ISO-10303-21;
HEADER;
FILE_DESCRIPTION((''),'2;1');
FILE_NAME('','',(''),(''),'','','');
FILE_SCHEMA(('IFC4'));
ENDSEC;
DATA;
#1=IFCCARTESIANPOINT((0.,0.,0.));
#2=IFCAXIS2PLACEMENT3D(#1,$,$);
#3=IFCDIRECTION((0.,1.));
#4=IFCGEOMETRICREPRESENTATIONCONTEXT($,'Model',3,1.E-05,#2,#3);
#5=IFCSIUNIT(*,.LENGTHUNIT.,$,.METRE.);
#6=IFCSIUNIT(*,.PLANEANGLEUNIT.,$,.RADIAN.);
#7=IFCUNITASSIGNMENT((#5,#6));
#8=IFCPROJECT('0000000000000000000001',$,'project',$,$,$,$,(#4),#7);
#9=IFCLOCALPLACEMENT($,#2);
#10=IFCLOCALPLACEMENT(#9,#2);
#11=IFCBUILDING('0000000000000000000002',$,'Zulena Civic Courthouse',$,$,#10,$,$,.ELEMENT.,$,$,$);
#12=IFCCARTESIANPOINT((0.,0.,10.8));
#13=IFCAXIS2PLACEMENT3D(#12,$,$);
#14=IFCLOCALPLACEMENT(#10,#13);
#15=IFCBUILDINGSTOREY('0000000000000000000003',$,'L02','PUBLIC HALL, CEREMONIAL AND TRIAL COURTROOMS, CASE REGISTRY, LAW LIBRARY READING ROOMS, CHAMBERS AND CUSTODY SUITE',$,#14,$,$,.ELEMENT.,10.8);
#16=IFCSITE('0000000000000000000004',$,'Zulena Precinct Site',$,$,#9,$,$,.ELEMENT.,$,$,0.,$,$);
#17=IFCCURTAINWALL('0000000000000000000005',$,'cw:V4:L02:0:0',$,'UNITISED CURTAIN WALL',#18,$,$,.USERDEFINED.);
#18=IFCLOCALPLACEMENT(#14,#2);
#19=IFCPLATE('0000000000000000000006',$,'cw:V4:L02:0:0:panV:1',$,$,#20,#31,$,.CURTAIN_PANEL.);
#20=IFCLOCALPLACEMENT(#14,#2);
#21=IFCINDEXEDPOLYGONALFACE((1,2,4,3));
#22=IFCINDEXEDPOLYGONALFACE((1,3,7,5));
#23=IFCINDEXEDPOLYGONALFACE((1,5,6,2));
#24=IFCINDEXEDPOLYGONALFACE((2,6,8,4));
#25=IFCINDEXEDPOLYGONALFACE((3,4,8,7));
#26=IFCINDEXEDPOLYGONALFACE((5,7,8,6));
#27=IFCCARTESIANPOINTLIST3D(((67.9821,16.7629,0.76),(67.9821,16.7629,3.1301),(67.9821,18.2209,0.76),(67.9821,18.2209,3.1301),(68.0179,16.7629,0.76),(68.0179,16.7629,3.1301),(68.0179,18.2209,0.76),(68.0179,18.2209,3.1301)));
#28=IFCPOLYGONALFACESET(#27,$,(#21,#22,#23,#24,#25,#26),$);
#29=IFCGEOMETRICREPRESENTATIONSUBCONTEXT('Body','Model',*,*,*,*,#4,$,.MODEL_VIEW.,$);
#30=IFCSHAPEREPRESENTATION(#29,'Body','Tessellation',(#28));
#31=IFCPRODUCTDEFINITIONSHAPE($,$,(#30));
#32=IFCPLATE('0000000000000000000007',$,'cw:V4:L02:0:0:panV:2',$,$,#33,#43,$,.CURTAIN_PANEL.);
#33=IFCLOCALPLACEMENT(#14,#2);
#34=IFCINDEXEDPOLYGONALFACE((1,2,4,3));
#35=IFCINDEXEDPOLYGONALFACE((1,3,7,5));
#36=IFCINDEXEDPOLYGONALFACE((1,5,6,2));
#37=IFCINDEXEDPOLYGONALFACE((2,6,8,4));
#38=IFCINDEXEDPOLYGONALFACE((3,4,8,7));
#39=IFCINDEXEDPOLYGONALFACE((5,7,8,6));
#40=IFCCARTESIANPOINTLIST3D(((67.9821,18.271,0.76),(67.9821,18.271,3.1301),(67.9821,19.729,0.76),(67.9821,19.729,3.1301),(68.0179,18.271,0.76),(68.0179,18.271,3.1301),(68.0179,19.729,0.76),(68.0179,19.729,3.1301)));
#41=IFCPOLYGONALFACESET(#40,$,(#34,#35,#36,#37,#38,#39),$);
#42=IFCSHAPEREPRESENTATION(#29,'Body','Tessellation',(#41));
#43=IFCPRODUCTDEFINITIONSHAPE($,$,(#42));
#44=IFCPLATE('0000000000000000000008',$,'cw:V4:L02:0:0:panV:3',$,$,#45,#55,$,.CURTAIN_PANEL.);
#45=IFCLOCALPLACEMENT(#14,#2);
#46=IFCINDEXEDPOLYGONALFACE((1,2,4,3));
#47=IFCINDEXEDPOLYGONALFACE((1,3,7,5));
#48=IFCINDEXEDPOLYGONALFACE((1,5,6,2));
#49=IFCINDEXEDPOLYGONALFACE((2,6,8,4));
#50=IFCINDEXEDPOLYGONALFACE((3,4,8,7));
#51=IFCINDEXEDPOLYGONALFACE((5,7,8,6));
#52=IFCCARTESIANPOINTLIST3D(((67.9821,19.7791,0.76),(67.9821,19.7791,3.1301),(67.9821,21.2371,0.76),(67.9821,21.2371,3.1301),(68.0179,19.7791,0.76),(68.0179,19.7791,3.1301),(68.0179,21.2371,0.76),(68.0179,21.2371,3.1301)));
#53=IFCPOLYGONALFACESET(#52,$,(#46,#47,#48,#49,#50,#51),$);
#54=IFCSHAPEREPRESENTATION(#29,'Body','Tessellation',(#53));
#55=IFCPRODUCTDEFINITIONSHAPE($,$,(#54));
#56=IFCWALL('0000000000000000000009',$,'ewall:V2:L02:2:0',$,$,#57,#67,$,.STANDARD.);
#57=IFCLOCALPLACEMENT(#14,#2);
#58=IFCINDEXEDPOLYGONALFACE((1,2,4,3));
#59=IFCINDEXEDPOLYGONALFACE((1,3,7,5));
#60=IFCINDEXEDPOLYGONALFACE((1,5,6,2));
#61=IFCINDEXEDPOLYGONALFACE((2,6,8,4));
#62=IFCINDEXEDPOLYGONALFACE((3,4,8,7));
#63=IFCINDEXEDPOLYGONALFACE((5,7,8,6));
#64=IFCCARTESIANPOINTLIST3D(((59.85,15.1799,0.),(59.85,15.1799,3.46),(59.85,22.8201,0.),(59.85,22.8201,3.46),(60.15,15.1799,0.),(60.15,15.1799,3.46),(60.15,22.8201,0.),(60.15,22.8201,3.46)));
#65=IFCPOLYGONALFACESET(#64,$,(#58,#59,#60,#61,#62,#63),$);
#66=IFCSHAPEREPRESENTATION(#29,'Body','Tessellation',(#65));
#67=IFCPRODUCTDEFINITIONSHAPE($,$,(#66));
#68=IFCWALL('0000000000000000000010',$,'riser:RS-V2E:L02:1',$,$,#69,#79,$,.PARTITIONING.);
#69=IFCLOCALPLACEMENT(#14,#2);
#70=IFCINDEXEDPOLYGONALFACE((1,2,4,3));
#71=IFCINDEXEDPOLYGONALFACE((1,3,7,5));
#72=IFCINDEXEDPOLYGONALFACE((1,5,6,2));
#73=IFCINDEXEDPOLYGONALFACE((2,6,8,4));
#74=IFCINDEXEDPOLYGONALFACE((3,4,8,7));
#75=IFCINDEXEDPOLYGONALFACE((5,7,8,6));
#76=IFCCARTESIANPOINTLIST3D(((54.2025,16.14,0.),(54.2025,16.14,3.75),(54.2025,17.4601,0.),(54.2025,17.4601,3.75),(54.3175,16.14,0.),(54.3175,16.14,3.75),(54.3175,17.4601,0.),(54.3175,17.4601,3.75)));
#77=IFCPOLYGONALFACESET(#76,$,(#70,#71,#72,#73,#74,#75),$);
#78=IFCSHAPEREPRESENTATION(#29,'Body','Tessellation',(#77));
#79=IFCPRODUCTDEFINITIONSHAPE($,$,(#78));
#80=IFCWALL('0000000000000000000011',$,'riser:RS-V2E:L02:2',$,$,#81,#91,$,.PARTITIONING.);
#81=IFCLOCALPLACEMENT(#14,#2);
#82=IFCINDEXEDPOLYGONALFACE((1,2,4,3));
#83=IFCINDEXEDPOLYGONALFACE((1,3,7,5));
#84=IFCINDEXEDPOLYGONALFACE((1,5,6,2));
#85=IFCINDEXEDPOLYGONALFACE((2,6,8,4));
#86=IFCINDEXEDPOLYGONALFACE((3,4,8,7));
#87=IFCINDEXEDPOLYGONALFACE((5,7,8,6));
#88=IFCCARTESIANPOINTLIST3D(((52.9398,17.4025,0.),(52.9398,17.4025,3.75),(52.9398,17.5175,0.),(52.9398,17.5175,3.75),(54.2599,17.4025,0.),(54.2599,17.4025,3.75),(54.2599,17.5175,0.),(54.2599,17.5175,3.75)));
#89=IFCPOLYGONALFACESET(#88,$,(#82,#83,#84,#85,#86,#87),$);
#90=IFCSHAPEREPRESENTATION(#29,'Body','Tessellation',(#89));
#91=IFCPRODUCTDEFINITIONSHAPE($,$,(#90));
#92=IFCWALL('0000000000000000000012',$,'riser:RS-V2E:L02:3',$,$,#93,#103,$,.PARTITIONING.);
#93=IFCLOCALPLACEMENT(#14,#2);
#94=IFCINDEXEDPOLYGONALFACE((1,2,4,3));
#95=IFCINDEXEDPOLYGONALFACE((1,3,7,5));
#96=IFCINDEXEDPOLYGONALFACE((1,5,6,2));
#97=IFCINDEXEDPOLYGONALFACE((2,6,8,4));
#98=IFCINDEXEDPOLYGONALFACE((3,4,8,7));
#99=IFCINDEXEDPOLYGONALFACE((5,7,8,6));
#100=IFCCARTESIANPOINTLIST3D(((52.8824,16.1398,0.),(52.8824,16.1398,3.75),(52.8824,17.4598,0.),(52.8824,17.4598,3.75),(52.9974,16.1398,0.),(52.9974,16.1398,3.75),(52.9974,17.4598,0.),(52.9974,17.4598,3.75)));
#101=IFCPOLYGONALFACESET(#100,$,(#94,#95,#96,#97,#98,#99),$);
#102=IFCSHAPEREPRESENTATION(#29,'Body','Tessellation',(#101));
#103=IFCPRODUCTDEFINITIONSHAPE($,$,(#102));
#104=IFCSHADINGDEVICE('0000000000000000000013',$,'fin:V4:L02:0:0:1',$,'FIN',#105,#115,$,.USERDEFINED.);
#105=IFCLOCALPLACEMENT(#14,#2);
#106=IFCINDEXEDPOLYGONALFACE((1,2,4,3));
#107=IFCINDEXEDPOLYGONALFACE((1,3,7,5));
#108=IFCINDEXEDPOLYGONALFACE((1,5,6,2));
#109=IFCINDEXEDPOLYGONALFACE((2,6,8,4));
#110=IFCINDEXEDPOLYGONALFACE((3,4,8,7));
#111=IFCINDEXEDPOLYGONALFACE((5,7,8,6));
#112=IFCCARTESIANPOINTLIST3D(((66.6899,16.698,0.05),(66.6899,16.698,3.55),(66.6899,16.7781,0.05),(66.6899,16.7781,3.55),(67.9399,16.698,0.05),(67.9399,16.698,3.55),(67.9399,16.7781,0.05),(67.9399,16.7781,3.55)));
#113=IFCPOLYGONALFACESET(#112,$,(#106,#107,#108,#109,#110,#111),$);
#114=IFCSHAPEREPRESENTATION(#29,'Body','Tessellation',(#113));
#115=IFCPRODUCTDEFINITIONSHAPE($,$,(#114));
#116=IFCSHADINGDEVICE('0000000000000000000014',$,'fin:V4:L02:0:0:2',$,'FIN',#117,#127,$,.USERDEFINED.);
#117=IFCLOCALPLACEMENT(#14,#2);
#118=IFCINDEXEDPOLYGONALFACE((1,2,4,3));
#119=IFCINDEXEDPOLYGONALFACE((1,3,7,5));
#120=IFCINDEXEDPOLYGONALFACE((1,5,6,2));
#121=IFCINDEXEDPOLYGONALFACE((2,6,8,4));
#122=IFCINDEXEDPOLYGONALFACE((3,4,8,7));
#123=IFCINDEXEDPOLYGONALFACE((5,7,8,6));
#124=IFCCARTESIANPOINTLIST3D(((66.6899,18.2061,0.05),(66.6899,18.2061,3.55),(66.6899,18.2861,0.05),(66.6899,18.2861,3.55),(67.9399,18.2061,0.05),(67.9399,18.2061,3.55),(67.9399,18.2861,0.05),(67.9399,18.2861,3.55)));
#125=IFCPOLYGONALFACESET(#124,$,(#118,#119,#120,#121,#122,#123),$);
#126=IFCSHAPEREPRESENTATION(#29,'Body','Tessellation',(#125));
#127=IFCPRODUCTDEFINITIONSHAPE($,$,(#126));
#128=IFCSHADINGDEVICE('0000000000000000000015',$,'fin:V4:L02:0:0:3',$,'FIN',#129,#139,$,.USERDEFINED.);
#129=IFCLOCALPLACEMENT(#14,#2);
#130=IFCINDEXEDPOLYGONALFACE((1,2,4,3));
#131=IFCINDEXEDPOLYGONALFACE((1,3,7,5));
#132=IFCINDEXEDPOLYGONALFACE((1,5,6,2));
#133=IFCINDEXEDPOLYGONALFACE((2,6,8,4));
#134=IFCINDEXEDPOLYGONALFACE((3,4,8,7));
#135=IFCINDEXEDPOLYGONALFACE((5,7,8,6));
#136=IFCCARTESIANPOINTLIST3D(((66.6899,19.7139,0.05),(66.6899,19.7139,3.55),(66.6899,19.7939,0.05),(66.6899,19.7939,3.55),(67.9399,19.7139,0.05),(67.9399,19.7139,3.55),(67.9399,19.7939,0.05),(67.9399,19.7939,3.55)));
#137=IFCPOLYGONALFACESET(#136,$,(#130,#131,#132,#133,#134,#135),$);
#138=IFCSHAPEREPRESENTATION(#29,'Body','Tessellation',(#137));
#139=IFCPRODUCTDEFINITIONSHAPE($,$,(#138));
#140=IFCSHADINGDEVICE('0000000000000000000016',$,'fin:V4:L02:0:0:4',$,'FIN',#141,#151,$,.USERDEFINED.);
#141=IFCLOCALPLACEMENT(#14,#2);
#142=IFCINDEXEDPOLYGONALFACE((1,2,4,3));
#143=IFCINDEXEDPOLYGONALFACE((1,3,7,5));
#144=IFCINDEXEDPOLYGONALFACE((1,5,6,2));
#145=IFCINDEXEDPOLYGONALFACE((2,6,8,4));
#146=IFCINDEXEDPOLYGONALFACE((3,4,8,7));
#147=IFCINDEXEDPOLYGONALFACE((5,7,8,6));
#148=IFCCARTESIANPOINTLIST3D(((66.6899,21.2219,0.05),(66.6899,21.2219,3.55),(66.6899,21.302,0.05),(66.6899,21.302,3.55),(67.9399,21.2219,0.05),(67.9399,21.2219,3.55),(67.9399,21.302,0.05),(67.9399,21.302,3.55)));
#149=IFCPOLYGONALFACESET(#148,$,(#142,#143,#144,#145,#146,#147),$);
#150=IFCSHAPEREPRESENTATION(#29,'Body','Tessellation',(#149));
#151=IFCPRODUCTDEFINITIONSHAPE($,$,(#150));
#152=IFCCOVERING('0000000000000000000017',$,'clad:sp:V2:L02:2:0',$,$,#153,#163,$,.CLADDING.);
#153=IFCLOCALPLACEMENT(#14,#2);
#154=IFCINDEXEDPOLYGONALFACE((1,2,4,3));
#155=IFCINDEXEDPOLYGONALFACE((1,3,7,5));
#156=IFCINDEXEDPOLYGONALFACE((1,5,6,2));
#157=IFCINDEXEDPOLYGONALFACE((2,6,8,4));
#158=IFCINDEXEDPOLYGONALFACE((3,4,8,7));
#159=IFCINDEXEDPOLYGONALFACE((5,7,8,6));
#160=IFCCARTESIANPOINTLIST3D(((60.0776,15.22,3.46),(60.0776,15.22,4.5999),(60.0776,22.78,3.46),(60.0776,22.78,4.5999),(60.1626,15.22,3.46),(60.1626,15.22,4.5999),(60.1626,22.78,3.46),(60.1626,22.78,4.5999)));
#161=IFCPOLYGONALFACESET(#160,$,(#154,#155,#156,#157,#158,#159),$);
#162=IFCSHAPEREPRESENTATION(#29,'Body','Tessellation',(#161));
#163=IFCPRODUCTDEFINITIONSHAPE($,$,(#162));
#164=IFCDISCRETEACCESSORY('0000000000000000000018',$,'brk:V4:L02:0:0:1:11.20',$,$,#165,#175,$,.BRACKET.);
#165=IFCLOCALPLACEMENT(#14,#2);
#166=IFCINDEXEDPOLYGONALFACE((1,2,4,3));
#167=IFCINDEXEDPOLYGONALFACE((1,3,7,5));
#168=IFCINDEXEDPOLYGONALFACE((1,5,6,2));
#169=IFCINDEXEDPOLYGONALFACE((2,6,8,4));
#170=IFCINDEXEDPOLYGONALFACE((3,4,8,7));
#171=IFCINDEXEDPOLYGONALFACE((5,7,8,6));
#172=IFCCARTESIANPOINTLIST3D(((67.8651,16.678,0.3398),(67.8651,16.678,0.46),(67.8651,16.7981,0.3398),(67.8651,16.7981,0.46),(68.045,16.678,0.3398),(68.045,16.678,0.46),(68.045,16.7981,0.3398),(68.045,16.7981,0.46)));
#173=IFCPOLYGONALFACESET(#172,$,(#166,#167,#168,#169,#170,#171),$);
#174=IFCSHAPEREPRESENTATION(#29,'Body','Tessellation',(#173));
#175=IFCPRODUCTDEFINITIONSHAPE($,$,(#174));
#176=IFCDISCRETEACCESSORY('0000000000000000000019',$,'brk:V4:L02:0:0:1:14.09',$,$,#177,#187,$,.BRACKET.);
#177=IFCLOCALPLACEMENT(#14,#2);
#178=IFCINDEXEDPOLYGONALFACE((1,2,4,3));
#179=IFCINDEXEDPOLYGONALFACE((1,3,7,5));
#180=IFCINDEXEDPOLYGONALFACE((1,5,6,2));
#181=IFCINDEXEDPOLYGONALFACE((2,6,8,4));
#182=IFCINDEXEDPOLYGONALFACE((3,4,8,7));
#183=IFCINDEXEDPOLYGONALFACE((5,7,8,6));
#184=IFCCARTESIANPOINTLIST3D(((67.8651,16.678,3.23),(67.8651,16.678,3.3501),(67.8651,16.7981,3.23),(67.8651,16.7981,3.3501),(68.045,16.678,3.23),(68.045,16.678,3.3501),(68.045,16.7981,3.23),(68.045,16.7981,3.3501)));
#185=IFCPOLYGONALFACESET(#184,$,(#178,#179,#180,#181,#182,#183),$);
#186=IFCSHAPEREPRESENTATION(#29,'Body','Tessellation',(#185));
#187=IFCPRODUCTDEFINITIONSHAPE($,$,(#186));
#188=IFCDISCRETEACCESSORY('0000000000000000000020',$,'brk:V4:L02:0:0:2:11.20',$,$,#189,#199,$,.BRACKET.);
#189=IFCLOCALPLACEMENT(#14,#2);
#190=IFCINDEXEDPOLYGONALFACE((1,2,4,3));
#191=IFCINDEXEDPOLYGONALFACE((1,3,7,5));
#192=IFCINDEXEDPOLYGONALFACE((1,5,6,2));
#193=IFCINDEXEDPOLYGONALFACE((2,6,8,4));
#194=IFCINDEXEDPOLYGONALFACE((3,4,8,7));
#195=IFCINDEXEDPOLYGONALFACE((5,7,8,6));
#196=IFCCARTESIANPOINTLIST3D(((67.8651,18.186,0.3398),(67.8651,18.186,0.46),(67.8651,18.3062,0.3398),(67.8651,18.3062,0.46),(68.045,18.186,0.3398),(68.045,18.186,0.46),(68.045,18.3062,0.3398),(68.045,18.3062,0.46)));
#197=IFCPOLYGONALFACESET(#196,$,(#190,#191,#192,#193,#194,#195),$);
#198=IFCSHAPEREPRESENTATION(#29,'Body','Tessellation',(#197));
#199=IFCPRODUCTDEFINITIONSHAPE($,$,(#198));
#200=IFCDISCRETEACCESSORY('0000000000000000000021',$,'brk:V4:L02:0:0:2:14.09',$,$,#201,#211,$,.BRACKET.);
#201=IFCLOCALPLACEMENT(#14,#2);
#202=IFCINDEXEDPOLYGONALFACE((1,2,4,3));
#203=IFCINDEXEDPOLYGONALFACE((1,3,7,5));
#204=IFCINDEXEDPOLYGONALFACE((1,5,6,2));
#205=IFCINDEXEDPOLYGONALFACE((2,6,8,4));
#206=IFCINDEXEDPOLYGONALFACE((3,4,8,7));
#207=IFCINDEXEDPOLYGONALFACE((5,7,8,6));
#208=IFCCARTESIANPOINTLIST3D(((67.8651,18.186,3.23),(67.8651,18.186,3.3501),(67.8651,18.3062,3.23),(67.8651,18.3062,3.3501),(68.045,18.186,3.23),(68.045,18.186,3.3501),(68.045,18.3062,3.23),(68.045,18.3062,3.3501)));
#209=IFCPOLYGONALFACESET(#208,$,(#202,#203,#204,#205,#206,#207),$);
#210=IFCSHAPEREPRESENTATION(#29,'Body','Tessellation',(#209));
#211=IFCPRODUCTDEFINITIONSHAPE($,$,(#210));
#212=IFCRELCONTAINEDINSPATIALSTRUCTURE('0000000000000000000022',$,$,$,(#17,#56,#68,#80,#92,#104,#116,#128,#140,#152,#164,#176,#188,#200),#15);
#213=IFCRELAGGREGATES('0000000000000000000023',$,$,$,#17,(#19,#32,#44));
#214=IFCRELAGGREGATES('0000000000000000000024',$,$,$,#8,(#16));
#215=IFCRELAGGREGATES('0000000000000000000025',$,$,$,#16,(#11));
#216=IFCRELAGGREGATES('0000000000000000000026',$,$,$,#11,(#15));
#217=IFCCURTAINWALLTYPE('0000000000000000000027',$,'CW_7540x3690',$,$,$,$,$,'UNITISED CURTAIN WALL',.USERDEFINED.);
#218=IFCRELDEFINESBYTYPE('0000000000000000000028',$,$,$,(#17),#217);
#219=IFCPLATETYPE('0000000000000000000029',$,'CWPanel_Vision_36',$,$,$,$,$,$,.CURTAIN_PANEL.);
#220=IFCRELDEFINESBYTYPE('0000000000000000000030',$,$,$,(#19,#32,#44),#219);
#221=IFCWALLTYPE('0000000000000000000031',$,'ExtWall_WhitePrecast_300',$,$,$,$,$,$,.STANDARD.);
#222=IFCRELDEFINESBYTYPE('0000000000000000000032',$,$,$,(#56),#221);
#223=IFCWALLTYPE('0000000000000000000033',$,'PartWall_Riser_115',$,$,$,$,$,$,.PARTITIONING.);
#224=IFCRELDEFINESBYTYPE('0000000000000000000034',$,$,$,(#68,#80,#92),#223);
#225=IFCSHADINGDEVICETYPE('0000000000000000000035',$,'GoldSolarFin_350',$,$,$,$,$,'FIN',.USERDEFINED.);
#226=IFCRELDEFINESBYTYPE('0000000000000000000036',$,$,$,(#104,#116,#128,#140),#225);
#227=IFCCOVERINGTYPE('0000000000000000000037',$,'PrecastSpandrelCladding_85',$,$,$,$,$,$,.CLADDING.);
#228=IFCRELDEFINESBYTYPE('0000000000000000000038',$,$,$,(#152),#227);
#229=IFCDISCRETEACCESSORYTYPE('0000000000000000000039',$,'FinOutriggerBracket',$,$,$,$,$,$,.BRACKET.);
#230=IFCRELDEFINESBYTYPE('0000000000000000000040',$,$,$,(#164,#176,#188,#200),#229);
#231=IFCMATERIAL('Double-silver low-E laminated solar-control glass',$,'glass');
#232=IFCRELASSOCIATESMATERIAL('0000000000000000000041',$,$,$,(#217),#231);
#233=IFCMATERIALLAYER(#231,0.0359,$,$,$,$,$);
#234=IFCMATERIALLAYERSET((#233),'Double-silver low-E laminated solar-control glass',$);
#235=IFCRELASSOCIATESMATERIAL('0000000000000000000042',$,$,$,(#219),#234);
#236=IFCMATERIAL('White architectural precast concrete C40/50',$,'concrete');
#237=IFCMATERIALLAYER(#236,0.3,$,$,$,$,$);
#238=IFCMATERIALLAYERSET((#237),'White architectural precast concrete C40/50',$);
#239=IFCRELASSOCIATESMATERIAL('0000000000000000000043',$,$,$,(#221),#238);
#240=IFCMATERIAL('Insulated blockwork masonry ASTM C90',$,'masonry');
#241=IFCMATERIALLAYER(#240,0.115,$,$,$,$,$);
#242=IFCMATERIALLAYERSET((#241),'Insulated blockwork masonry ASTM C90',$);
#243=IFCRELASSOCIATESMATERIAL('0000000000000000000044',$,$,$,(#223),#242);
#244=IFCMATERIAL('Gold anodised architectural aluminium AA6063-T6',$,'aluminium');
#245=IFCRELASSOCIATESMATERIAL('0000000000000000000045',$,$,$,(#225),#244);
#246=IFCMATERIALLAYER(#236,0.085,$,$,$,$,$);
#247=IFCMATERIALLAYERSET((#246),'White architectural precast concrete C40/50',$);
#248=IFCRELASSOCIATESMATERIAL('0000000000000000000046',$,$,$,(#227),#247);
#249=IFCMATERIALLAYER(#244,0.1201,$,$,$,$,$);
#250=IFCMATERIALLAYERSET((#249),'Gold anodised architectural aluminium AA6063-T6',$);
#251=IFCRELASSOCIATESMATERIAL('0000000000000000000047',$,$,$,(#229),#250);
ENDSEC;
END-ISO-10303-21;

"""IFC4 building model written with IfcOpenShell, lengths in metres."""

from ifc_helpers import new_model, si_unit, direction, frame, frame_2d, origin, origin_2d, place, context, subcontext, project, spatial, rectangle, extrude, material, layer, layer_set, type_object, element, aggregate, save


model = new_model("IFC4")

# Units and contexts
model_context = context("Model", 3, precision=1e-05, world=origin(), true_north=direction((0.0, 1.0)))
body_context = subcontext(model_context, "Body", "Model", "MODEL_VIEW")
ifc_project = project(units=[si_unit("LENGTHUNIT", "METRE"), si_unit("PLANEANGLEUNIT", "RADIAN")], contexts=[model_context])

# Site, building, storey
site_placement = place(None, origin())
site = spatial("IfcSite", under=ifc_project, at=site_placement, Name="Zulena Precinct Site", CompositionType="ELEMENT", RefElevation=0.0)
building_placement = place(site_placement, origin())
building = spatial("IfcBuilding", under=site, at=building_placement, Name="Zulena Civic Courthouse", CompositionType="ELEMENT")
storey_placement = place(building_placement, frame((0.0, 0.0, 10.8)))
storey = spatial("IfcBuildingStorey", under=building, at=storey_placement, Name="L02", Description="PUBLIC HALL, CEREMONIAL AND TRIAL COURTROOMS, CASE REGISTRY, LAW LIBRARY READING ROOMS, CHAMBERS AND CUSTODY SUITE", CompositionType="ELEMENT", Elevation=10.8)

# Curtain wall
ifc_material_1 = material(Name="Double-silver low-E laminated solar-control glass", Category="glass")
curtain_wall_type = type_object("IfcCurtainWallType", Name="CW_7540x3690", ElementType="UNITISED CURTAIN WALL", PredefinedType="USERDEFINED", material=ifc_material_1)
curtain_wall_placement = place(storey_placement, origin())
curtain_wall = element("IfcCurtainWall", 1, at=curtain_wall_placement, inside=storey, type_object=curtain_wall_type, Name="cw:V4:L02:0:0", ObjectType="UNITISED CURTAIN WALL", PredefinedType="USERDEFINED")

# Plates
ifc_layer_1 = layer(ifc_material_1, 0.0359)
ifc_layer_set_1 = layer_set([ifc_layer_1], Name="Double-silver low-E laminated solar-control glass")
plate_type_1 = type_object("IfcPlateType", Name="CWPanel_Vision_36", PredefinedType="CURTAIN_PANEL", material=ifc_layer_set_1)
plate_1_placement = place(storey_placement, frame((68.0, 17.4919, 0.76), z_axis=(0.0, 0.0, 1.0), x_axis=(0.0, 1.0, 0.0)))
plate_1 = element("IfcPlate", 2, at=plate_1_placement, type_object=plate_type_1, Name="cw:V4:L02:0:0:panV:1", PredefinedType="CURTAIN_PANEL", context=body_context, shape_type="SweptSolid", body=[
    extrude(rectangle(XDim=1.458, YDim=0.0359, at=origin_2d()), origin(), (0.0, 0.0, 1.0), 2.3701),
])
plate_2_placement = place(storey_placement, frame((68.0, 19.0, 0.76), z_axis=(0.0, 0.0, 1.0), x_axis=(0.0, 1.0, 0.0)))
plate_2 = element("IfcPlate", 3, at=plate_2_placement, type_object=plate_type_1, Name="cw:V4:L02:0:0:panV:2", PredefinedType="CURTAIN_PANEL", context=body_context, shape_type="SweptSolid", body=[
    extrude(rectangle(XDim=1.458, YDim=0.0359, at=origin_2d()), origin(), (0.0, 0.0, 1.0), 2.3701),
])
plate_3_placement = place(storey_placement, frame((68.0, 20.5081, 0.76), z_axis=(0.0, 0.0, 1.0), x_axis=(0.0, 1.0, 0.0)))
plate_3 = element("IfcPlate", 4, at=plate_3_placement, type_object=plate_type_1, Name="cw:V4:L02:0:0:panV:3", PredefinedType="CURTAIN_PANEL", context=body_context, shape_type="SweptSolid", body=[
    extrude(rectangle(XDim=1.458, YDim=0.0359, at=origin_2d()), origin(), (0.0, 0.0, 1.0), 2.3701),
])
aggregate(curtain_wall, [plate_1, plate_2, plate_3])

# Walls
ifc_material_2 = material(Name="White architectural precast concrete C40/50", Category="concrete")
ifc_layer_2 = layer(ifc_material_2, 0.3)
ifc_layer_set_2 = layer_set([ifc_layer_2], Name="White architectural precast concrete C40/50")
wall_type_1 = type_object("IfcWallType", Name="ExtWall_WhitePrecast_300", PredefinedType="STANDARD", material=ifc_layer_set_2)
wall_placement = place(storey_placement, frame((60.0, 22.8201, 0.0), z_axis=(0.0, 0.0, 1.0), x_axis=(0.0, -1.0, 0.0)))
element("IfcWall", 5, at=wall_placement, inside=storey, type_object=wall_type_1, Name="ewall:V2:L02:2:0", PredefinedType="STANDARD", context=body_context, shape_type="SweptSolid", body=[
    extrude(rectangle(XDim=7.6401, YDim=0.3, at=frame_2d((3.8201, 0.0))), origin(), (0.0, 0.0, 1.0), 3.46),
])
ifc_material_3 = material(Name="Insulated blockwork masonry ASTM C90", Category="masonry")
ifc_layer_3 = layer(ifc_material_3, 0.115)
ifc_layer_set_3 = layer_set([ifc_layer_3], Name="Insulated blockwork masonry ASTM C90")
wall_type_2 = type_object("IfcWallType", Name="PartWall_Riser_115", PredefinedType="PARTITIONING", material=ifc_layer_set_3)
for number, where, z_axis, x_axis, name in (
    (6, (54.26, 16.1399, 0.0), (0.0, 0.0, 1.0), (0.0, 1.0, 0.0), "riser:RS-V2E:L02:1"),
    (7, (54.26, 17.46, 0.0), (0.0, 0.0, 1.0), (-1.0, 0.0, 0.0), "riser:RS-V2E:L02:2"),
    (8, (52.9399, 17.46, 0.0), (0.0, 0.0, 1.0), (0.0, -1.0, 0.0), "riser:RS-V2E:L02:3"),
):
    element("IfcWall", number, at=place(storey_placement, frame(where, z_axis=z_axis, x_axis=x_axis)), inside=storey, type_object=wall_type_2, Name=name, PredefinedType="PARTITIONING", context=body_context, shape_type="SweptSolid", body=[
        extrude(rectangle(XDim=1.3201, YDim=0.115, at=frame_2d((0.6602, 0.0))), origin(), (0.0, 0.0, 1.0), 3.75),
    ])

# Shading devices
ifc_material_4 = material(Name="Gold anodised architectural aluminium AA6063-T6", Category="aluminium")
shading_device_type = type_object("IfcShadingDeviceType", Name="GoldSolarFin_350", ElementType="FIN", PredefinedType="USERDEFINED", material=ifc_material_4)
for number, where, z_axis, x_axis, name in (
    (9, (67.3149, 16.738, 0.05), (0.0, 0.0, 1.0), (-1.0, 0.0, 0.0), "fin:V4:L02:0:0:1"),
    (10, (67.3149, 18.2461, 0.05), (0.0, 0.0, 1.0), (-1.0, 0.0, 0.0), "fin:V4:L02:0:0:2"),
    (11, (67.3149, 19.7539, 0.05), (0.0, 0.0, 1.0), (-1.0, 0.0, 0.0), "fin:V4:L02:0:0:3"),
    (12, (67.3149, 21.262, 0.05), (0.0, 0.0, 1.0), (-1.0, 0.0, 0.0), "fin:V4:L02:0:0:4"),
):
    element("IfcShadingDevice", number, at=place(storey_placement, frame(where, z_axis=z_axis, x_axis=x_axis)), inside=storey, type_object=shading_device_type, Name=name, ObjectType="FIN", PredefinedType="USERDEFINED", context=body_context, shape_type="SweptSolid", body=[
        extrude(rectangle(XDim=1.25, YDim=0.0801, at=origin_2d()), origin(), (0.0, 0.0, 1.0), 3.5),
    ])

# Covering
ifc_layer_4 = layer(ifc_material_2, 0.085)
ifc_layer_set_4 = layer_set([ifc_layer_4], Name="White architectural precast concrete C40/50")
covering_type = type_object("IfcCoveringType", Name="PrecastSpandrelCladding_85", PredefinedType="CLADDING", material=ifc_layer_set_4)
covering_placement = place(storey_placement, frame((60.1201, 19.0, 3.46), z_axis=(0.0, 0.0, 1.0), x_axis=(0.0, -1.0, 0.0)))
element("IfcCovering", 13, at=covering_placement, inside=storey, type_object=covering_type, Name="clad:sp:V2:L02:2:0", PredefinedType="CLADDING", context=body_context, shape_type="SweptSolid", body=[
    extrude(rectangle(XDim=7.5601, YDim=0.085, at=origin_2d()), origin(), (0.0, 0.0, 1.0), 1.1399),
])

# Discrete accessories
ifc_layer_5 = layer(ifc_material_4, 0.1201)
ifc_layer_set_5 = layer_set([ifc_layer_5], Name="Gold anodised architectural aluminium AA6063-T6")
discrete_accessory_type = type_object("IfcDiscreteAccessoryType", Name="FinOutriggerBracket", PredefinedType="BRACKET", material=ifc_layer_set_5)
for number, where, z_axis, x_axis, name in (
    (14, (67.9551, 16.738, 0.3398), (0.0, 0.0, 1.0), (-1.0, 0.0, 0.0), "brk:V4:L02:0:0:1:11.20"),
    (15, (67.9551, 16.738, 3.23), (0.0, 0.0, 1.0), (-1.0, 0.0, 0.0), "brk:V4:L02:0:0:1:14.09"),
    (16, (67.9551, 18.2461, 0.3398), (0.0, 0.0, 1.0), (-1.0, 0.0, 0.0), "brk:V4:L02:0:0:2:11.20"),
    (17, (67.9551, 18.2461, 3.23), (0.0, 0.0, 1.0), (-1.0, 0.0, 0.0), "brk:V4:L02:0:0:2:14.09"),
):
    element("IfcDiscreteAccessory", number, at=place(storey_placement, frame(where, z_axis=z_axis, x_axis=x_axis)), inside=storey, type_object=discrete_accessory_type, Name=name, PredefinedType="BRACKET", context=body_context, shape_type="SweptSolid", body=[
        extrude(rectangle(XDim=0.1799, YDim=0.1201, at=origin_2d()), origin(), (0.0, 0.0, 1.0), 0.1201),
    ])

save(model, "model.ifc")
